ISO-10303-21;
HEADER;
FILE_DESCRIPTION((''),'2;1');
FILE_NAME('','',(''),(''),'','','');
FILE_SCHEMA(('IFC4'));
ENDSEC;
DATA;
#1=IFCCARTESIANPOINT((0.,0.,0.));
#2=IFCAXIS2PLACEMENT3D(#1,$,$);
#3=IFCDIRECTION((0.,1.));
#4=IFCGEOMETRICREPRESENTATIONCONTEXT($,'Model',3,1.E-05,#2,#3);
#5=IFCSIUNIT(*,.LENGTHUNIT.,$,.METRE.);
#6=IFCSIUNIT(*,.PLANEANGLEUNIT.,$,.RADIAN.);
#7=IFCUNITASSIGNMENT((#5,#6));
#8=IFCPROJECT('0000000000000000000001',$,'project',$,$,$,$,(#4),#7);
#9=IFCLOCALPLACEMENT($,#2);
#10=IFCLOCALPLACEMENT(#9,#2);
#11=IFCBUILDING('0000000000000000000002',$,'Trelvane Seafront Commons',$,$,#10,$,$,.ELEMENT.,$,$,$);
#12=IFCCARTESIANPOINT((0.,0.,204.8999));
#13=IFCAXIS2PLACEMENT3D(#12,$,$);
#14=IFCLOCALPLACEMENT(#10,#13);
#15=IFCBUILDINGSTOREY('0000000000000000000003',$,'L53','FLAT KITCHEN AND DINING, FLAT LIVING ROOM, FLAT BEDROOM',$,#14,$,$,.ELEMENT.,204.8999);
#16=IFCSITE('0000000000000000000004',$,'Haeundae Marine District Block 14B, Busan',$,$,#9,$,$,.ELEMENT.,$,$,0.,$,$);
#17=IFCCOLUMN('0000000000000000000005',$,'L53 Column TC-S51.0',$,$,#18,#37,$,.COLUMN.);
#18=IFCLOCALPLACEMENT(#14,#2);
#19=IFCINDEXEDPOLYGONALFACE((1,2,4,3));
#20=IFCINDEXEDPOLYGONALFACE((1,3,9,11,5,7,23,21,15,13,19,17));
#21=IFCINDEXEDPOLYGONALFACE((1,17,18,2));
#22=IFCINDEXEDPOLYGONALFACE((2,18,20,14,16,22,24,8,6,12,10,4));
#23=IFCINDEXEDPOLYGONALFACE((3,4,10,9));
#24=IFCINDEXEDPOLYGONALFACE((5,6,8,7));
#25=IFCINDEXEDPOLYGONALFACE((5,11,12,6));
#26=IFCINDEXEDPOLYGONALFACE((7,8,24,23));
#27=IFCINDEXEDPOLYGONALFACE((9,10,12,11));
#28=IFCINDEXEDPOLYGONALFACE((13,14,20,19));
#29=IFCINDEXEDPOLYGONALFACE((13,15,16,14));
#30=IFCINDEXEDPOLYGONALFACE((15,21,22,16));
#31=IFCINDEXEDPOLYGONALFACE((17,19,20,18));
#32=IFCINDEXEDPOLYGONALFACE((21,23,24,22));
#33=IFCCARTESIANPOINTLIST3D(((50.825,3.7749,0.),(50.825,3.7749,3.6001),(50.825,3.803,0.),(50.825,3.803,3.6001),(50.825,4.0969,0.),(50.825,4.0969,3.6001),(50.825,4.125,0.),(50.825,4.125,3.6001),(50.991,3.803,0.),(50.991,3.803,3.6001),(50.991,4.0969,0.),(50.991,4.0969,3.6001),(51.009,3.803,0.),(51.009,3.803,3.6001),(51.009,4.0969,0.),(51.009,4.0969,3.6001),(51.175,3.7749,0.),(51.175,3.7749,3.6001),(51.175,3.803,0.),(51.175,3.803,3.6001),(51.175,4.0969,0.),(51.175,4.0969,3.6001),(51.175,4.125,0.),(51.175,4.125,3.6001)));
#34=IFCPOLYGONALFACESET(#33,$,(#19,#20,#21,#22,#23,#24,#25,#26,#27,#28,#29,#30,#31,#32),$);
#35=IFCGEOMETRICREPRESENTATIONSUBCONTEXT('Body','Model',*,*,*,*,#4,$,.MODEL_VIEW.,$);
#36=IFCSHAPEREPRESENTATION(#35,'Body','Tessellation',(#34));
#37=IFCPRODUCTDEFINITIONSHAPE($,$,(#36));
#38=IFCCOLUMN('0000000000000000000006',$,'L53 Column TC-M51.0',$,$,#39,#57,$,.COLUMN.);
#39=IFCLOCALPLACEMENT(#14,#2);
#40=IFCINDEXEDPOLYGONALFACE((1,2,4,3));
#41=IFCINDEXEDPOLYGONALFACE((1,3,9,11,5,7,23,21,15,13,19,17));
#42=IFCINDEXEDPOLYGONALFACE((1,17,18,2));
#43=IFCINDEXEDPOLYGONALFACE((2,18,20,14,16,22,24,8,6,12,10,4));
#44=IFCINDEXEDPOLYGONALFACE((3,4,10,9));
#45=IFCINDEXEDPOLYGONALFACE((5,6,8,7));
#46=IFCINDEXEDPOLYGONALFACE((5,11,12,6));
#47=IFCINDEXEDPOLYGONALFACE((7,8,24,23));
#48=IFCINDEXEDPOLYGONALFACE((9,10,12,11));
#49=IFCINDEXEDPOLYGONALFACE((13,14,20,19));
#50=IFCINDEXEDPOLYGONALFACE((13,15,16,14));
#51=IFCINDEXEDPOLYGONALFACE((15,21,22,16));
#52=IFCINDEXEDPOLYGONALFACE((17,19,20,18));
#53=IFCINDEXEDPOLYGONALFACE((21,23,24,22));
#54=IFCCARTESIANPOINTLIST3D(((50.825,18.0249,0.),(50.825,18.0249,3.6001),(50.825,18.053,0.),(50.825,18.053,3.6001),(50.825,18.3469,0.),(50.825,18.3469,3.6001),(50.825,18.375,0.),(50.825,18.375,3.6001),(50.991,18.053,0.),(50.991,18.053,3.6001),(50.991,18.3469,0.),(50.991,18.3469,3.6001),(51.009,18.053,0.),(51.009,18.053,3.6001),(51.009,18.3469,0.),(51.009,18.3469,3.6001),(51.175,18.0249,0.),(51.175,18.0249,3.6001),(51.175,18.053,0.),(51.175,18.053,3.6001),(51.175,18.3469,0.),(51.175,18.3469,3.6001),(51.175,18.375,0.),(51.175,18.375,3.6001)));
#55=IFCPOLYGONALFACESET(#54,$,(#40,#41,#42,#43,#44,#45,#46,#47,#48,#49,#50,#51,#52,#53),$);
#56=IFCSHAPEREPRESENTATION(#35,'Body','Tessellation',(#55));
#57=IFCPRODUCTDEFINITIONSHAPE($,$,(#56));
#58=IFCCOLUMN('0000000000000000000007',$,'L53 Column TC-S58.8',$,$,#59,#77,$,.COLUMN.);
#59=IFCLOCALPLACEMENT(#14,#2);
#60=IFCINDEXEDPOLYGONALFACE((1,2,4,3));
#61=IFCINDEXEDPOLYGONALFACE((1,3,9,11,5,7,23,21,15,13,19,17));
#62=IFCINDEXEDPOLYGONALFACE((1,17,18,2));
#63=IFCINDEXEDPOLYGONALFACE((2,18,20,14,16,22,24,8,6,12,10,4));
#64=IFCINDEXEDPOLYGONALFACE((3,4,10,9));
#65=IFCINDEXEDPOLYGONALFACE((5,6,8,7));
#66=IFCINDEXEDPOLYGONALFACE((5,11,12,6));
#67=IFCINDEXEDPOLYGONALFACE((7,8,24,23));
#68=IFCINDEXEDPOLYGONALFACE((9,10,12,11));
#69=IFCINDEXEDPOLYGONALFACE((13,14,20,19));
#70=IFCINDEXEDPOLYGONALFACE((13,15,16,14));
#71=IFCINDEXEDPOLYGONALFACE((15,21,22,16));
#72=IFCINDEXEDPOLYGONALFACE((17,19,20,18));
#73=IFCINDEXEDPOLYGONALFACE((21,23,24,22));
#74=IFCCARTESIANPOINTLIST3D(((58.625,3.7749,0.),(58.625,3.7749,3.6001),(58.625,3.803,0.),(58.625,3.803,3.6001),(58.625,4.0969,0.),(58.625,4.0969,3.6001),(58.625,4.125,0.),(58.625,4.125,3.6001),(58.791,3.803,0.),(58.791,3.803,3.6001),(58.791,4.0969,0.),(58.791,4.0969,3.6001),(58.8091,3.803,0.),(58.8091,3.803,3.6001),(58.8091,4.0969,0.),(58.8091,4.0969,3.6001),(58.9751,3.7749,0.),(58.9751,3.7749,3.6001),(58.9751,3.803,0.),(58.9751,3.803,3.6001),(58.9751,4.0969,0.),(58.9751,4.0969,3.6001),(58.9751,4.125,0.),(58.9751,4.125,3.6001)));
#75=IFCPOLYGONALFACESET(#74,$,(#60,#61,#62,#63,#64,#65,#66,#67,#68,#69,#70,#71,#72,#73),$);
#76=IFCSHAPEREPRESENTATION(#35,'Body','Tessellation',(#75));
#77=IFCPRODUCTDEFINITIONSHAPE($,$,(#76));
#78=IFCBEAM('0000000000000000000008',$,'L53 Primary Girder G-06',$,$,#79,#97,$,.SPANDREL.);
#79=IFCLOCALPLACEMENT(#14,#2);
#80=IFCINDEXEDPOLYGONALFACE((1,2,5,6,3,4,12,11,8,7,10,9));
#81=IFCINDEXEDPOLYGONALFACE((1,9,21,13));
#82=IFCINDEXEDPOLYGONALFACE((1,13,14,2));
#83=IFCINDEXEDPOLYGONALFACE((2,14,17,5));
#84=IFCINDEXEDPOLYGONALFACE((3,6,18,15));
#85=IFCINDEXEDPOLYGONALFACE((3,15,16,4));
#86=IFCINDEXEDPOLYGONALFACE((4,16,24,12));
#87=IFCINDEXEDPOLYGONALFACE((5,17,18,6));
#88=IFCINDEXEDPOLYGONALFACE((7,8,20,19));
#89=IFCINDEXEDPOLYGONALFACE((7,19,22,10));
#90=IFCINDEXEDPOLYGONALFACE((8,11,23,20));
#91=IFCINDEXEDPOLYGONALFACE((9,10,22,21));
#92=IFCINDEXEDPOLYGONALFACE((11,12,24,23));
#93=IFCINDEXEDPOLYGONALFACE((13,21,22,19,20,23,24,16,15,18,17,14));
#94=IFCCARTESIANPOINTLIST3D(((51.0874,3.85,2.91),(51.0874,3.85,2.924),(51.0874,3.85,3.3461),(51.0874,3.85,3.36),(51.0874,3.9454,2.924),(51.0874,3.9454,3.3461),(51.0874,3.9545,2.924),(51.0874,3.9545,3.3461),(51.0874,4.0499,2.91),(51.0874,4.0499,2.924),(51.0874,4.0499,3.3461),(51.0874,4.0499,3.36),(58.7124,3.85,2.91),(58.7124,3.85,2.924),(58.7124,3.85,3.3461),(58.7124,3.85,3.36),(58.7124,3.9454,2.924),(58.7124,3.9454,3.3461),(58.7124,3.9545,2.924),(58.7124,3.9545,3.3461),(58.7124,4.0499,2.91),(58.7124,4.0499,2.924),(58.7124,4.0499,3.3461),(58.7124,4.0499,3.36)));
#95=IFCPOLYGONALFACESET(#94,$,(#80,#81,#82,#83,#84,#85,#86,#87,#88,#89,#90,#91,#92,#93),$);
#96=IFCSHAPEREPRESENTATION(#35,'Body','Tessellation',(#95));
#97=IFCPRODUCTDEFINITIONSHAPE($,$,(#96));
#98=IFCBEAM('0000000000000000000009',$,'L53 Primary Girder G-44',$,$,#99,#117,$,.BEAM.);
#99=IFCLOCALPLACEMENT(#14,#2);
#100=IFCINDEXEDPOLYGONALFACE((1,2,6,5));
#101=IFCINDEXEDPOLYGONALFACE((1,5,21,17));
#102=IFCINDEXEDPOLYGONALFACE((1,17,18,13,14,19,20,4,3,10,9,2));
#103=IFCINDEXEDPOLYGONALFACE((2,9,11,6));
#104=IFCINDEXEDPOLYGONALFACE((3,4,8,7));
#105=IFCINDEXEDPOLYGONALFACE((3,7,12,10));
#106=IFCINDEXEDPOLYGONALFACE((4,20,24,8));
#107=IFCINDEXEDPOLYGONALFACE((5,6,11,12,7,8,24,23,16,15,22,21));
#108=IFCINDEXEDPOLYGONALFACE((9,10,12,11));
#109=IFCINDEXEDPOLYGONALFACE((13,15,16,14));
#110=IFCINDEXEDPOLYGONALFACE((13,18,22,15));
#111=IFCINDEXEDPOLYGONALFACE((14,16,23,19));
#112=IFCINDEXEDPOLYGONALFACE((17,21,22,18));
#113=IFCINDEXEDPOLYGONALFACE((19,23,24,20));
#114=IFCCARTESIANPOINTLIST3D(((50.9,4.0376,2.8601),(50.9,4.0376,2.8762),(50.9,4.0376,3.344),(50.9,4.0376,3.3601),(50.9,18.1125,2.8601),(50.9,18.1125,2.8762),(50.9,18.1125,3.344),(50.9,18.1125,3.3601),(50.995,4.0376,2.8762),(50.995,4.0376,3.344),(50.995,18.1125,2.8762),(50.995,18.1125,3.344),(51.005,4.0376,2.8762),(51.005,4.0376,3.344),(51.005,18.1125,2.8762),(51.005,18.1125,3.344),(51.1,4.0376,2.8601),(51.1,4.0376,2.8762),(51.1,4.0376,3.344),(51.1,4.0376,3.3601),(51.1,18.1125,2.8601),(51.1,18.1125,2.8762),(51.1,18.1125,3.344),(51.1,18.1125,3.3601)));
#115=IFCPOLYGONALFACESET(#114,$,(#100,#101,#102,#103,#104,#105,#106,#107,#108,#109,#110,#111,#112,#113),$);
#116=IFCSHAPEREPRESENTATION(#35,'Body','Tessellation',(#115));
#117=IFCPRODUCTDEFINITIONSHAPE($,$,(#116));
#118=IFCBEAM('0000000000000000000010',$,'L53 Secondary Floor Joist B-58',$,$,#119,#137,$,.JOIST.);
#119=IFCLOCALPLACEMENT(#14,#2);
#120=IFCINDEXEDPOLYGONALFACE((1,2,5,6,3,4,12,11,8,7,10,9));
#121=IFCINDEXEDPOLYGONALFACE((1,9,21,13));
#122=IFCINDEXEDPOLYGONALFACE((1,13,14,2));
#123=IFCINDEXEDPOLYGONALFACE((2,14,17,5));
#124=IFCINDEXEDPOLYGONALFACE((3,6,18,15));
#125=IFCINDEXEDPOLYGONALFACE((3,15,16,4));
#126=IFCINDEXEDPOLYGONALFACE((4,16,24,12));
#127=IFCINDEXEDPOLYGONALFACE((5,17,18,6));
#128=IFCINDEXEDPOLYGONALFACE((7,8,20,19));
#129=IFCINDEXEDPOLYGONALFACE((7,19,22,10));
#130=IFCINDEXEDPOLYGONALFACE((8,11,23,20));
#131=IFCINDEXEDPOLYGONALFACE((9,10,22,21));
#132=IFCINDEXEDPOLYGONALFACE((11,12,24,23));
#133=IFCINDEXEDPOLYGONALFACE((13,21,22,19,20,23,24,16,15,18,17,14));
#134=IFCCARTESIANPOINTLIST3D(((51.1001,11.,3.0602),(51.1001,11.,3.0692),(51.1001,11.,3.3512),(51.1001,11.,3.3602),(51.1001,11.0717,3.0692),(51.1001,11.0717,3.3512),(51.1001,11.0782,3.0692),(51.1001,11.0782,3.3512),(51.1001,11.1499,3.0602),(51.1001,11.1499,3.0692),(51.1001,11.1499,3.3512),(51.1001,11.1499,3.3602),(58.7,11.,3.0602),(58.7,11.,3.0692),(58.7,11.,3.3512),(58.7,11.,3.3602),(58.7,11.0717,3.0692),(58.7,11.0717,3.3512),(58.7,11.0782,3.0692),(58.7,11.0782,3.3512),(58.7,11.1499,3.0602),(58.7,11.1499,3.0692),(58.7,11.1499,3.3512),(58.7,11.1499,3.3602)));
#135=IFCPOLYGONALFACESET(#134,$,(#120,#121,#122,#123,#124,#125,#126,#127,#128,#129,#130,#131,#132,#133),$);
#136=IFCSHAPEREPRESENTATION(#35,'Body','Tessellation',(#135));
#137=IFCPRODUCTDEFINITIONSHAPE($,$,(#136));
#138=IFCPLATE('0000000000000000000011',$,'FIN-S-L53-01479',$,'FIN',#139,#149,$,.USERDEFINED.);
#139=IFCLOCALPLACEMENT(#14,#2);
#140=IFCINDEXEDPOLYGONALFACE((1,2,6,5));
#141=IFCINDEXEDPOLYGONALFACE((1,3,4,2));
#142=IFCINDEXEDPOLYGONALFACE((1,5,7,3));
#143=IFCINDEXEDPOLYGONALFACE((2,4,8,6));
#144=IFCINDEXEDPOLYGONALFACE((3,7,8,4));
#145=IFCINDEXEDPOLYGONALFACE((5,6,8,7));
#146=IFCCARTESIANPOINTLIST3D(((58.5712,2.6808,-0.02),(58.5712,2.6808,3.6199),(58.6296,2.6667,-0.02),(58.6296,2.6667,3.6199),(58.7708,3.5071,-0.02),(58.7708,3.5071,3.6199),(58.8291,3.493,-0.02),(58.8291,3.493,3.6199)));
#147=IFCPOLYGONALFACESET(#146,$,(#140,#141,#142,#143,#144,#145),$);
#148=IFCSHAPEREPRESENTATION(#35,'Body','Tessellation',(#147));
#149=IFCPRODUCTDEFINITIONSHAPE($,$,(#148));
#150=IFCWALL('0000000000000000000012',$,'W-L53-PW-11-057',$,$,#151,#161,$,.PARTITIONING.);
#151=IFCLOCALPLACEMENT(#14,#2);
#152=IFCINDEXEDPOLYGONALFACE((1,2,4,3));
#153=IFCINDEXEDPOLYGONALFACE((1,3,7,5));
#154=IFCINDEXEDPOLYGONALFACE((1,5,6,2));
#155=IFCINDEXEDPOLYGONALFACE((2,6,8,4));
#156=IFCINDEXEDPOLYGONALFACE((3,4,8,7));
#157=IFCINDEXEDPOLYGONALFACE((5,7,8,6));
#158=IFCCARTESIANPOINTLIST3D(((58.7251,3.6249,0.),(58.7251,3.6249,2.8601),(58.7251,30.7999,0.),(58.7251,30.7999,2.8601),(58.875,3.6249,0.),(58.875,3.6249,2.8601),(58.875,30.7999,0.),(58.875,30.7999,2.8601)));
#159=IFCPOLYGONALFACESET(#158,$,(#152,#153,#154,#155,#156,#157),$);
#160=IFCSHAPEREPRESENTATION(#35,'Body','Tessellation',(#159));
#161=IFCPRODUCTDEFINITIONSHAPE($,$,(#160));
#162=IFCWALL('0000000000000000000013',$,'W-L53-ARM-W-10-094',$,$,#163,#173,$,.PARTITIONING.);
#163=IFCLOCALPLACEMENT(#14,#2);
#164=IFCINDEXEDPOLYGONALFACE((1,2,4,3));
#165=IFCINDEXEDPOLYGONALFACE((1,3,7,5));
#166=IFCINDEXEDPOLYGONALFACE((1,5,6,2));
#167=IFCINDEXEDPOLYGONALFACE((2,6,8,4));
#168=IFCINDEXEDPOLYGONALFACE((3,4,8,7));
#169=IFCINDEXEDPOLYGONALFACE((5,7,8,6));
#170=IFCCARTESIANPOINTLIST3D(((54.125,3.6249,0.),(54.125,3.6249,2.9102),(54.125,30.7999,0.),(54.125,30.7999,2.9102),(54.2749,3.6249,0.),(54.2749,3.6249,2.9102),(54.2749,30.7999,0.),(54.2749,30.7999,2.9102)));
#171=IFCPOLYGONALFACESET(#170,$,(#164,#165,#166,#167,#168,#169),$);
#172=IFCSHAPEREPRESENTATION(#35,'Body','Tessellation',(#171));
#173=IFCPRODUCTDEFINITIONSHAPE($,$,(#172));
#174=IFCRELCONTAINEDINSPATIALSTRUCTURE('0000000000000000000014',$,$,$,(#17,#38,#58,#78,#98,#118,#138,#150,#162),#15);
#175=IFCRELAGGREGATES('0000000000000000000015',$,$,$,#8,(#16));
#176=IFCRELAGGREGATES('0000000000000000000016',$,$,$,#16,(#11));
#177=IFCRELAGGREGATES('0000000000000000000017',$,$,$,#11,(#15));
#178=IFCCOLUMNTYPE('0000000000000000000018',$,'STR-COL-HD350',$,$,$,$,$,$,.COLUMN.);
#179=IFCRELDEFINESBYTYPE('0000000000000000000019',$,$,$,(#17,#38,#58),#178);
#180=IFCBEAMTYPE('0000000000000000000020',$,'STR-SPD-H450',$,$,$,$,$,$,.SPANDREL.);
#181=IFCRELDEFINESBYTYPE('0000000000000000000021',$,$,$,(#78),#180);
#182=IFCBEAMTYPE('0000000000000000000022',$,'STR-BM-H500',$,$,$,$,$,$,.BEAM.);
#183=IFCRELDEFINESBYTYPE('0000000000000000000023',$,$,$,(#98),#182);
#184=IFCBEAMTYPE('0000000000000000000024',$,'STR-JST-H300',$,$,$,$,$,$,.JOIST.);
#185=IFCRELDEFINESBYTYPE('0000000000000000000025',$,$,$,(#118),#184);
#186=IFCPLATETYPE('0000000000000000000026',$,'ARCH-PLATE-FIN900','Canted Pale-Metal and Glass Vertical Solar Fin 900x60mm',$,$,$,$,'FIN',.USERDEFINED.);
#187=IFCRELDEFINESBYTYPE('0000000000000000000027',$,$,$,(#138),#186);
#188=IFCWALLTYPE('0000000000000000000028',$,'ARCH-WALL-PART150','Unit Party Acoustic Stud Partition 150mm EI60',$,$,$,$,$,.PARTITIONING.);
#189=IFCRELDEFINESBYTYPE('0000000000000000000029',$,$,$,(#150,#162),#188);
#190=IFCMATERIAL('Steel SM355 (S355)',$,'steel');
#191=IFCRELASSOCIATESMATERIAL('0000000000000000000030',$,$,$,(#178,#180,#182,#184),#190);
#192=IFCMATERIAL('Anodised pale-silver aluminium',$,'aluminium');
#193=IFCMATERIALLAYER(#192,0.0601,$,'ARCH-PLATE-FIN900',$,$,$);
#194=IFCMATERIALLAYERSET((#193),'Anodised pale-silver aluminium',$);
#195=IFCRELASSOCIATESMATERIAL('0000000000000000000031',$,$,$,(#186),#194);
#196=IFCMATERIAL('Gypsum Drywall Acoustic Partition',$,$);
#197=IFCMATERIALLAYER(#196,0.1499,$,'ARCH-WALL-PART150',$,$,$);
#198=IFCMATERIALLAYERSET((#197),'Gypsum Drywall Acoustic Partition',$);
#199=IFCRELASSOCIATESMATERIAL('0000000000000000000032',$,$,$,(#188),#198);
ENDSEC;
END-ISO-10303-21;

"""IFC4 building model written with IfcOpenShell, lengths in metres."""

from ifc_helpers import new_model, si_unit, direction, frame, frame_2d, origin, origin_2d, place, context, subcontext, project, spatial, rectangle, i_section, extrude, source, transform, mapped, material, layer, layer_set, material_profile, profile_set, type_object, element, save


model = new_model("IFC4")

# Units and contexts
model_context = context("Model", 3, precision=1e-05, world=origin(), true_north=direction((0.0, 1.0)))
body_context = subcontext(model_context, "Body", "Model", "MODEL_VIEW")
ifc_project = project(units=[si_unit("LENGTHUNIT", "METRE"), si_unit("PLANEANGLEUNIT", "RADIAN")], contexts=[model_context])

# Site, building, storey
site_placement = place(None, origin())
site = spatial("IfcSite", under=ifc_project, at=site_placement, Name="Haeundae Marine District Block 14B, Busan", CompositionType="ELEMENT", RefElevation=0.0)
building_placement = place(site_placement, origin())
building = spatial("IfcBuilding", under=site, at=building_placement, Name="Trelvane Seafront Commons", CompositionType="ELEMENT")
storey_placement = place(building_placement, frame((0.0, 0.0, 204.8999)))
storey = spatial("IfcBuildingStorey", under=building, at=storey_placement, Name="L53", Description="FLAT KITCHEN AND DINING, FLAT LIVING ROOM, FLAT BEDROOM", CompositionType="ELEMENT", Elevation=204.8999)

# Columns
ifc_material_1 = material(Name="Steel SM355 (S355)", Category="steel")
ifc_material_profile_1 = material_profile(ifc_material_1, i_section(OverallWidth=0.3501, OverallDepth=0.3501, WebThickness=0.0181, FlangeThickness=0.0281, at=origin_2d()), Name="HD-350x350x18x28")
ifc_profile_set_1 = profile_set([ifc_material_profile_1], Name="Steel SM355 (S355)")
column_type = type_object("IfcColumnType", Name="STR-COL-HD350", PredefinedType="COLUMN", material=ifc_profile_set_1)
shared_shape_1 = source(origin(), body_context, "Body", "SweptSolid", [
    extrude(i_section(OverallWidth=0.3501, OverallDepth=0.3501, WebThickness=0.0181, FlangeThickness=0.0281, at=origin_2d()), origin(), (0.0, 0.0, 1.0), 3.6001),
])
for number, where, z_axis, x_axis, name in (
    (1, (51.0, 3.95, 0.0), (0.0, 0.0, 1.0), (1.0, 0.0, 0.0), "L53 Column TC-S51.0"),
    (2, (51.0, 18.2, 0.0), (0.0, 0.0, 1.0), (1.0, 0.0, 0.0), "L53 Column TC-M51.0"),
    (3, (58.8, 3.95, 0.0), (0.0, 0.0, 1.0), (1.0, 0.0, 0.0), "L53 Column TC-S58.8"),
):
    element("IfcColumn", number, at=place(storey_placement, frame(where, z_axis=z_axis, x_axis=x_axis)), inside=storey, type_object=column_type, Name=name, PredefinedType="COLUMN", context=body_context, shape_type="MappedRepresentation", body=[
        mapped(shared_shape_1, transform((0.0, 0.0, 0.0), x_axis=(1.0, 0.0, 0.0), y_axis=(0.0, 1.0, 0.0), z_axis=(0.0, 0.0, 1.0), scale=1.0)),
    ])

# Beams
ifc_material_profile_2 = material_profile(ifc_material_1, i_section(OverallWidth=0.2, OverallDepth=0.45, WebThickness=0.009, FlangeThickness=0.0139, at=origin_2d()), Name="H-450x200x9x14")
ifc_profile_set_2 = profile_set([ifc_material_profile_2], Name="Steel SM355 (S355)")
beam_type_1 = type_object("IfcBeamType", Name="STR-SPD-H450", PredefinedType="SPANDREL", material=ifc_profile_set_2)
shared_shape_2 = source(origin(), body_context, "Body", "SweptSolid", [
    extrude(i_section(OverallWidth=0.2, OverallDepth=0.45, WebThickness=0.009, FlangeThickness=0.0139, at=origin_2d()), origin(), (0.0, 0.0, 1.0), 7.625),
])
beam_1_placement = place(storey_placement, frame((51.0874, 3.95, 3.135), z_axis=(1.0, 0.0, 0.0), x_axis=(0.0, 1.0, 0.0)))
element("IfcBeam", 4, at=beam_1_placement, inside=storey, type_object=beam_type_1, Name="L53 Primary Girder G-06", PredefinedType="SPANDREL", context=body_context, shape_type="MappedRepresentation", body=[
    mapped(shared_shape_2, transform((0.0, 0.0, 0.0), x_axis=(1.0, 0.0, 0.0), y_axis=(0.0, 1.0, 0.0), z_axis=(0.0, 0.0, 1.0), scale=1.0)),
])
ifc_material_profile_3 = material_profile(ifc_material_1, i_section(OverallWidth=0.2, OverallDepth=0.5, WebThickness=0.01, FlangeThickness=0.0161, at=origin_2d()), Name="H-500x200x10x16")
ifc_profile_set_3 = profile_set([ifc_material_profile_3], Name="Steel SM355 (S355)")
beam_type_2 = type_object("IfcBeamType", Name="STR-BM-H500", PredefinedType="BEAM", material=ifc_profile_set_3)
shared_shape_3 = source(origin(), body_context, "Body", "SweptSolid", [
    extrude(i_section(OverallWidth=0.2, OverallDepth=0.5, WebThickness=0.01, FlangeThickness=0.0161, at=origin_2d()), origin(), (0.0, 0.0, 1.0), 14.075),
])
beam_2_placement = place(storey_placement, frame((51.0, 4.0376, 3.1101), z_axis=(0.0, 1.0, 0.0), x_axis=(-1.0, 0.0, 0.0)))
element("IfcBeam", 5, at=beam_2_placement, inside=storey, type_object=beam_type_2, Name="L53 Primary Girder G-44", PredefinedType="BEAM", context=body_context, shape_type="MappedRepresentation", body=[
    mapped(shared_shape_3, transform((0.0, 0.0, 0.0), x_axis=(1.0, 0.0, 0.0), y_axis=(0.0, 1.0, 0.0), z_axis=(0.0, 0.0, 1.0), scale=1.0)),
])
ifc_material_profile_4 = material_profile(ifc_material_1, i_section(OverallWidth=0.1499, OverallDepth=0.3, WebThickness=0.0066, FlangeThickness=0.009, at=origin_2d()), Name="H-300x150x6.5x9")
ifc_profile_set_4 = profile_set([ifc_material_profile_4], Name="Steel SM355 (S355)")
beam_type_3 = type_object("IfcBeamType", Name="STR-JST-H300", PredefinedType="JOIST", material=ifc_profile_set_4)
shared_shape_4 = source(origin(), body_context, "Body", "SweptSolid", [
    extrude(i_section(OverallWidth=0.1499, OverallDepth=0.3, WebThickness=0.0066, FlangeThickness=0.009, at=origin_2d()), origin(), (0.0, 0.0, 1.0), 7.5999),
])
beam_3_placement = place(storey_placement, frame((51.1001, 11.075, 3.2102), z_axis=(1.0, 0.0, 0.0), x_axis=(0.0, 1.0, 0.0)))
element("IfcBeam", 6, at=beam_3_placement, inside=storey, type_object=beam_type_3, Name="L53 Secondary Floor Joist B-58", PredefinedType="JOIST", context=body_context, shape_type="MappedRepresentation", body=[
    mapped(shared_shape_4, transform((0.0, 0.0, 0.0), x_axis=(1.0, 0.0, 0.0), y_axis=(0.0, 1.0, 0.0), z_axis=(0.0, 0.0, 1.0), scale=1.0)),
])

# Plate
ifc_material_2 = material(Name="Anodised pale-silver aluminium", Category="aluminium")
ifc_layer_1 = layer(ifc_material_2, 0.0601, Name="ARCH-PLATE-FIN900")
ifc_layer_set_1 = layer_set([ifc_layer_1], Name="Anodised pale-silver aluminium")
plate_type = type_object("IfcPlateType", Name="ARCH-PLATE-FIN900", Description="Canted Pale-Metal and Glass Vertical Solar Fin 900x60mm", ElementType="FIN", PredefinedType="USERDEFINED", material=ifc_layer_set_1)
shared_shape_5 = source(origin(), body_context, "Body", "SweptSolid", [
    extrude(rectangle(XDim=0.8501, YDim=0.0601, at=origin_2d()), origin(), (0.0, 0.0, 1.0), 3.6399),
])
plate_placement = place(storey_placement, frame((58.7002, 3.0869, -0.02), z_axis=(0.0, 0.0, 1.0), x_axis=(-0.234694, -0.972069, 0.0)))
element("IfcPlate", 7, at=plate_placement, inside=storey, type_object=plate_type, Name="FIN-S-L53-01479", ObjectType="FIN", PredefinedType="USERDEFINED", context=body_context, shape_type="MappedRepresentation", body=[
    mapped(shared_shape_5, transform((0.0, 0.0, 0.0), x_axis=(1.0, 0.0, 0.0), y_axis=(0.0, 1.0, 0.0), z_axis=(0.0, 0.0, 1.0), scale=1.0)),
])

# Shared definitions
ifc_material_3 = material(Name="Gypsum Drywall Acoustic Partition")

# Walls
ifc_layer_2 = layer(ifc_material_3, 0.1499, Name="ARCH-WALL-PART150")
ifc_layer_set_2 = layer_set([ifc_layer_2], Name="Gypsum Drywall Acoustic Partition")
wall_type_1 = type_object("IfcWallType", Name="ARCH-WALL-PART150", Description="Unit Party Acoustic Stud Partition 150mm EI60", PredefinedType="PARTITIONING", material=ifc_layer_set_2)
wall_1_placement = place(storey_placement, frame((58.8, 3.625, 0.0), z_axis=(0.0, 0.0, 1.0), x_axis=(0.0, 1.0, 0.0)))
element("IfcWall", 8, at=wall_1_placement, inside=storey, type_object=wall_type_1, Name="W-L53-PW-11-057", PredefinedType="PARTITIONING", context=body_context, shape_type="SweptSolid", body=[
    extrude(rectangle(XDim=27.175, YDim=0.1499, at=frame_2d((13.5874, 0.0))), origin(), (0.0, 0.0, 1.0), 2.8601),
])
for number, where, z_axis, x_axis, name in (
    (9, (54.2, 3.625, 0.0), (0.0, 0.0, 1.0), (0.0, 1.0, 0.0), "W-L53-ARM-W-10-094"),
):
    element("IfcWall", number, at=place(storey_placement, frame(where, z_axis=z_axis, x_axis=x_axis)), inside=storey, type_object=wall_type_1, Name=name, PredefinedType="PARTITIONING", context=body_context, shape_type="SweptSolid", body=[
        extrude(rectangle(XDim=27.175, YDim=0.1499, at=frame_2d((13.5874, 0.0))), origin(), (0.0, 0.0, 1.0), 2.9102),
    ])

save(model, "model.ifc")
